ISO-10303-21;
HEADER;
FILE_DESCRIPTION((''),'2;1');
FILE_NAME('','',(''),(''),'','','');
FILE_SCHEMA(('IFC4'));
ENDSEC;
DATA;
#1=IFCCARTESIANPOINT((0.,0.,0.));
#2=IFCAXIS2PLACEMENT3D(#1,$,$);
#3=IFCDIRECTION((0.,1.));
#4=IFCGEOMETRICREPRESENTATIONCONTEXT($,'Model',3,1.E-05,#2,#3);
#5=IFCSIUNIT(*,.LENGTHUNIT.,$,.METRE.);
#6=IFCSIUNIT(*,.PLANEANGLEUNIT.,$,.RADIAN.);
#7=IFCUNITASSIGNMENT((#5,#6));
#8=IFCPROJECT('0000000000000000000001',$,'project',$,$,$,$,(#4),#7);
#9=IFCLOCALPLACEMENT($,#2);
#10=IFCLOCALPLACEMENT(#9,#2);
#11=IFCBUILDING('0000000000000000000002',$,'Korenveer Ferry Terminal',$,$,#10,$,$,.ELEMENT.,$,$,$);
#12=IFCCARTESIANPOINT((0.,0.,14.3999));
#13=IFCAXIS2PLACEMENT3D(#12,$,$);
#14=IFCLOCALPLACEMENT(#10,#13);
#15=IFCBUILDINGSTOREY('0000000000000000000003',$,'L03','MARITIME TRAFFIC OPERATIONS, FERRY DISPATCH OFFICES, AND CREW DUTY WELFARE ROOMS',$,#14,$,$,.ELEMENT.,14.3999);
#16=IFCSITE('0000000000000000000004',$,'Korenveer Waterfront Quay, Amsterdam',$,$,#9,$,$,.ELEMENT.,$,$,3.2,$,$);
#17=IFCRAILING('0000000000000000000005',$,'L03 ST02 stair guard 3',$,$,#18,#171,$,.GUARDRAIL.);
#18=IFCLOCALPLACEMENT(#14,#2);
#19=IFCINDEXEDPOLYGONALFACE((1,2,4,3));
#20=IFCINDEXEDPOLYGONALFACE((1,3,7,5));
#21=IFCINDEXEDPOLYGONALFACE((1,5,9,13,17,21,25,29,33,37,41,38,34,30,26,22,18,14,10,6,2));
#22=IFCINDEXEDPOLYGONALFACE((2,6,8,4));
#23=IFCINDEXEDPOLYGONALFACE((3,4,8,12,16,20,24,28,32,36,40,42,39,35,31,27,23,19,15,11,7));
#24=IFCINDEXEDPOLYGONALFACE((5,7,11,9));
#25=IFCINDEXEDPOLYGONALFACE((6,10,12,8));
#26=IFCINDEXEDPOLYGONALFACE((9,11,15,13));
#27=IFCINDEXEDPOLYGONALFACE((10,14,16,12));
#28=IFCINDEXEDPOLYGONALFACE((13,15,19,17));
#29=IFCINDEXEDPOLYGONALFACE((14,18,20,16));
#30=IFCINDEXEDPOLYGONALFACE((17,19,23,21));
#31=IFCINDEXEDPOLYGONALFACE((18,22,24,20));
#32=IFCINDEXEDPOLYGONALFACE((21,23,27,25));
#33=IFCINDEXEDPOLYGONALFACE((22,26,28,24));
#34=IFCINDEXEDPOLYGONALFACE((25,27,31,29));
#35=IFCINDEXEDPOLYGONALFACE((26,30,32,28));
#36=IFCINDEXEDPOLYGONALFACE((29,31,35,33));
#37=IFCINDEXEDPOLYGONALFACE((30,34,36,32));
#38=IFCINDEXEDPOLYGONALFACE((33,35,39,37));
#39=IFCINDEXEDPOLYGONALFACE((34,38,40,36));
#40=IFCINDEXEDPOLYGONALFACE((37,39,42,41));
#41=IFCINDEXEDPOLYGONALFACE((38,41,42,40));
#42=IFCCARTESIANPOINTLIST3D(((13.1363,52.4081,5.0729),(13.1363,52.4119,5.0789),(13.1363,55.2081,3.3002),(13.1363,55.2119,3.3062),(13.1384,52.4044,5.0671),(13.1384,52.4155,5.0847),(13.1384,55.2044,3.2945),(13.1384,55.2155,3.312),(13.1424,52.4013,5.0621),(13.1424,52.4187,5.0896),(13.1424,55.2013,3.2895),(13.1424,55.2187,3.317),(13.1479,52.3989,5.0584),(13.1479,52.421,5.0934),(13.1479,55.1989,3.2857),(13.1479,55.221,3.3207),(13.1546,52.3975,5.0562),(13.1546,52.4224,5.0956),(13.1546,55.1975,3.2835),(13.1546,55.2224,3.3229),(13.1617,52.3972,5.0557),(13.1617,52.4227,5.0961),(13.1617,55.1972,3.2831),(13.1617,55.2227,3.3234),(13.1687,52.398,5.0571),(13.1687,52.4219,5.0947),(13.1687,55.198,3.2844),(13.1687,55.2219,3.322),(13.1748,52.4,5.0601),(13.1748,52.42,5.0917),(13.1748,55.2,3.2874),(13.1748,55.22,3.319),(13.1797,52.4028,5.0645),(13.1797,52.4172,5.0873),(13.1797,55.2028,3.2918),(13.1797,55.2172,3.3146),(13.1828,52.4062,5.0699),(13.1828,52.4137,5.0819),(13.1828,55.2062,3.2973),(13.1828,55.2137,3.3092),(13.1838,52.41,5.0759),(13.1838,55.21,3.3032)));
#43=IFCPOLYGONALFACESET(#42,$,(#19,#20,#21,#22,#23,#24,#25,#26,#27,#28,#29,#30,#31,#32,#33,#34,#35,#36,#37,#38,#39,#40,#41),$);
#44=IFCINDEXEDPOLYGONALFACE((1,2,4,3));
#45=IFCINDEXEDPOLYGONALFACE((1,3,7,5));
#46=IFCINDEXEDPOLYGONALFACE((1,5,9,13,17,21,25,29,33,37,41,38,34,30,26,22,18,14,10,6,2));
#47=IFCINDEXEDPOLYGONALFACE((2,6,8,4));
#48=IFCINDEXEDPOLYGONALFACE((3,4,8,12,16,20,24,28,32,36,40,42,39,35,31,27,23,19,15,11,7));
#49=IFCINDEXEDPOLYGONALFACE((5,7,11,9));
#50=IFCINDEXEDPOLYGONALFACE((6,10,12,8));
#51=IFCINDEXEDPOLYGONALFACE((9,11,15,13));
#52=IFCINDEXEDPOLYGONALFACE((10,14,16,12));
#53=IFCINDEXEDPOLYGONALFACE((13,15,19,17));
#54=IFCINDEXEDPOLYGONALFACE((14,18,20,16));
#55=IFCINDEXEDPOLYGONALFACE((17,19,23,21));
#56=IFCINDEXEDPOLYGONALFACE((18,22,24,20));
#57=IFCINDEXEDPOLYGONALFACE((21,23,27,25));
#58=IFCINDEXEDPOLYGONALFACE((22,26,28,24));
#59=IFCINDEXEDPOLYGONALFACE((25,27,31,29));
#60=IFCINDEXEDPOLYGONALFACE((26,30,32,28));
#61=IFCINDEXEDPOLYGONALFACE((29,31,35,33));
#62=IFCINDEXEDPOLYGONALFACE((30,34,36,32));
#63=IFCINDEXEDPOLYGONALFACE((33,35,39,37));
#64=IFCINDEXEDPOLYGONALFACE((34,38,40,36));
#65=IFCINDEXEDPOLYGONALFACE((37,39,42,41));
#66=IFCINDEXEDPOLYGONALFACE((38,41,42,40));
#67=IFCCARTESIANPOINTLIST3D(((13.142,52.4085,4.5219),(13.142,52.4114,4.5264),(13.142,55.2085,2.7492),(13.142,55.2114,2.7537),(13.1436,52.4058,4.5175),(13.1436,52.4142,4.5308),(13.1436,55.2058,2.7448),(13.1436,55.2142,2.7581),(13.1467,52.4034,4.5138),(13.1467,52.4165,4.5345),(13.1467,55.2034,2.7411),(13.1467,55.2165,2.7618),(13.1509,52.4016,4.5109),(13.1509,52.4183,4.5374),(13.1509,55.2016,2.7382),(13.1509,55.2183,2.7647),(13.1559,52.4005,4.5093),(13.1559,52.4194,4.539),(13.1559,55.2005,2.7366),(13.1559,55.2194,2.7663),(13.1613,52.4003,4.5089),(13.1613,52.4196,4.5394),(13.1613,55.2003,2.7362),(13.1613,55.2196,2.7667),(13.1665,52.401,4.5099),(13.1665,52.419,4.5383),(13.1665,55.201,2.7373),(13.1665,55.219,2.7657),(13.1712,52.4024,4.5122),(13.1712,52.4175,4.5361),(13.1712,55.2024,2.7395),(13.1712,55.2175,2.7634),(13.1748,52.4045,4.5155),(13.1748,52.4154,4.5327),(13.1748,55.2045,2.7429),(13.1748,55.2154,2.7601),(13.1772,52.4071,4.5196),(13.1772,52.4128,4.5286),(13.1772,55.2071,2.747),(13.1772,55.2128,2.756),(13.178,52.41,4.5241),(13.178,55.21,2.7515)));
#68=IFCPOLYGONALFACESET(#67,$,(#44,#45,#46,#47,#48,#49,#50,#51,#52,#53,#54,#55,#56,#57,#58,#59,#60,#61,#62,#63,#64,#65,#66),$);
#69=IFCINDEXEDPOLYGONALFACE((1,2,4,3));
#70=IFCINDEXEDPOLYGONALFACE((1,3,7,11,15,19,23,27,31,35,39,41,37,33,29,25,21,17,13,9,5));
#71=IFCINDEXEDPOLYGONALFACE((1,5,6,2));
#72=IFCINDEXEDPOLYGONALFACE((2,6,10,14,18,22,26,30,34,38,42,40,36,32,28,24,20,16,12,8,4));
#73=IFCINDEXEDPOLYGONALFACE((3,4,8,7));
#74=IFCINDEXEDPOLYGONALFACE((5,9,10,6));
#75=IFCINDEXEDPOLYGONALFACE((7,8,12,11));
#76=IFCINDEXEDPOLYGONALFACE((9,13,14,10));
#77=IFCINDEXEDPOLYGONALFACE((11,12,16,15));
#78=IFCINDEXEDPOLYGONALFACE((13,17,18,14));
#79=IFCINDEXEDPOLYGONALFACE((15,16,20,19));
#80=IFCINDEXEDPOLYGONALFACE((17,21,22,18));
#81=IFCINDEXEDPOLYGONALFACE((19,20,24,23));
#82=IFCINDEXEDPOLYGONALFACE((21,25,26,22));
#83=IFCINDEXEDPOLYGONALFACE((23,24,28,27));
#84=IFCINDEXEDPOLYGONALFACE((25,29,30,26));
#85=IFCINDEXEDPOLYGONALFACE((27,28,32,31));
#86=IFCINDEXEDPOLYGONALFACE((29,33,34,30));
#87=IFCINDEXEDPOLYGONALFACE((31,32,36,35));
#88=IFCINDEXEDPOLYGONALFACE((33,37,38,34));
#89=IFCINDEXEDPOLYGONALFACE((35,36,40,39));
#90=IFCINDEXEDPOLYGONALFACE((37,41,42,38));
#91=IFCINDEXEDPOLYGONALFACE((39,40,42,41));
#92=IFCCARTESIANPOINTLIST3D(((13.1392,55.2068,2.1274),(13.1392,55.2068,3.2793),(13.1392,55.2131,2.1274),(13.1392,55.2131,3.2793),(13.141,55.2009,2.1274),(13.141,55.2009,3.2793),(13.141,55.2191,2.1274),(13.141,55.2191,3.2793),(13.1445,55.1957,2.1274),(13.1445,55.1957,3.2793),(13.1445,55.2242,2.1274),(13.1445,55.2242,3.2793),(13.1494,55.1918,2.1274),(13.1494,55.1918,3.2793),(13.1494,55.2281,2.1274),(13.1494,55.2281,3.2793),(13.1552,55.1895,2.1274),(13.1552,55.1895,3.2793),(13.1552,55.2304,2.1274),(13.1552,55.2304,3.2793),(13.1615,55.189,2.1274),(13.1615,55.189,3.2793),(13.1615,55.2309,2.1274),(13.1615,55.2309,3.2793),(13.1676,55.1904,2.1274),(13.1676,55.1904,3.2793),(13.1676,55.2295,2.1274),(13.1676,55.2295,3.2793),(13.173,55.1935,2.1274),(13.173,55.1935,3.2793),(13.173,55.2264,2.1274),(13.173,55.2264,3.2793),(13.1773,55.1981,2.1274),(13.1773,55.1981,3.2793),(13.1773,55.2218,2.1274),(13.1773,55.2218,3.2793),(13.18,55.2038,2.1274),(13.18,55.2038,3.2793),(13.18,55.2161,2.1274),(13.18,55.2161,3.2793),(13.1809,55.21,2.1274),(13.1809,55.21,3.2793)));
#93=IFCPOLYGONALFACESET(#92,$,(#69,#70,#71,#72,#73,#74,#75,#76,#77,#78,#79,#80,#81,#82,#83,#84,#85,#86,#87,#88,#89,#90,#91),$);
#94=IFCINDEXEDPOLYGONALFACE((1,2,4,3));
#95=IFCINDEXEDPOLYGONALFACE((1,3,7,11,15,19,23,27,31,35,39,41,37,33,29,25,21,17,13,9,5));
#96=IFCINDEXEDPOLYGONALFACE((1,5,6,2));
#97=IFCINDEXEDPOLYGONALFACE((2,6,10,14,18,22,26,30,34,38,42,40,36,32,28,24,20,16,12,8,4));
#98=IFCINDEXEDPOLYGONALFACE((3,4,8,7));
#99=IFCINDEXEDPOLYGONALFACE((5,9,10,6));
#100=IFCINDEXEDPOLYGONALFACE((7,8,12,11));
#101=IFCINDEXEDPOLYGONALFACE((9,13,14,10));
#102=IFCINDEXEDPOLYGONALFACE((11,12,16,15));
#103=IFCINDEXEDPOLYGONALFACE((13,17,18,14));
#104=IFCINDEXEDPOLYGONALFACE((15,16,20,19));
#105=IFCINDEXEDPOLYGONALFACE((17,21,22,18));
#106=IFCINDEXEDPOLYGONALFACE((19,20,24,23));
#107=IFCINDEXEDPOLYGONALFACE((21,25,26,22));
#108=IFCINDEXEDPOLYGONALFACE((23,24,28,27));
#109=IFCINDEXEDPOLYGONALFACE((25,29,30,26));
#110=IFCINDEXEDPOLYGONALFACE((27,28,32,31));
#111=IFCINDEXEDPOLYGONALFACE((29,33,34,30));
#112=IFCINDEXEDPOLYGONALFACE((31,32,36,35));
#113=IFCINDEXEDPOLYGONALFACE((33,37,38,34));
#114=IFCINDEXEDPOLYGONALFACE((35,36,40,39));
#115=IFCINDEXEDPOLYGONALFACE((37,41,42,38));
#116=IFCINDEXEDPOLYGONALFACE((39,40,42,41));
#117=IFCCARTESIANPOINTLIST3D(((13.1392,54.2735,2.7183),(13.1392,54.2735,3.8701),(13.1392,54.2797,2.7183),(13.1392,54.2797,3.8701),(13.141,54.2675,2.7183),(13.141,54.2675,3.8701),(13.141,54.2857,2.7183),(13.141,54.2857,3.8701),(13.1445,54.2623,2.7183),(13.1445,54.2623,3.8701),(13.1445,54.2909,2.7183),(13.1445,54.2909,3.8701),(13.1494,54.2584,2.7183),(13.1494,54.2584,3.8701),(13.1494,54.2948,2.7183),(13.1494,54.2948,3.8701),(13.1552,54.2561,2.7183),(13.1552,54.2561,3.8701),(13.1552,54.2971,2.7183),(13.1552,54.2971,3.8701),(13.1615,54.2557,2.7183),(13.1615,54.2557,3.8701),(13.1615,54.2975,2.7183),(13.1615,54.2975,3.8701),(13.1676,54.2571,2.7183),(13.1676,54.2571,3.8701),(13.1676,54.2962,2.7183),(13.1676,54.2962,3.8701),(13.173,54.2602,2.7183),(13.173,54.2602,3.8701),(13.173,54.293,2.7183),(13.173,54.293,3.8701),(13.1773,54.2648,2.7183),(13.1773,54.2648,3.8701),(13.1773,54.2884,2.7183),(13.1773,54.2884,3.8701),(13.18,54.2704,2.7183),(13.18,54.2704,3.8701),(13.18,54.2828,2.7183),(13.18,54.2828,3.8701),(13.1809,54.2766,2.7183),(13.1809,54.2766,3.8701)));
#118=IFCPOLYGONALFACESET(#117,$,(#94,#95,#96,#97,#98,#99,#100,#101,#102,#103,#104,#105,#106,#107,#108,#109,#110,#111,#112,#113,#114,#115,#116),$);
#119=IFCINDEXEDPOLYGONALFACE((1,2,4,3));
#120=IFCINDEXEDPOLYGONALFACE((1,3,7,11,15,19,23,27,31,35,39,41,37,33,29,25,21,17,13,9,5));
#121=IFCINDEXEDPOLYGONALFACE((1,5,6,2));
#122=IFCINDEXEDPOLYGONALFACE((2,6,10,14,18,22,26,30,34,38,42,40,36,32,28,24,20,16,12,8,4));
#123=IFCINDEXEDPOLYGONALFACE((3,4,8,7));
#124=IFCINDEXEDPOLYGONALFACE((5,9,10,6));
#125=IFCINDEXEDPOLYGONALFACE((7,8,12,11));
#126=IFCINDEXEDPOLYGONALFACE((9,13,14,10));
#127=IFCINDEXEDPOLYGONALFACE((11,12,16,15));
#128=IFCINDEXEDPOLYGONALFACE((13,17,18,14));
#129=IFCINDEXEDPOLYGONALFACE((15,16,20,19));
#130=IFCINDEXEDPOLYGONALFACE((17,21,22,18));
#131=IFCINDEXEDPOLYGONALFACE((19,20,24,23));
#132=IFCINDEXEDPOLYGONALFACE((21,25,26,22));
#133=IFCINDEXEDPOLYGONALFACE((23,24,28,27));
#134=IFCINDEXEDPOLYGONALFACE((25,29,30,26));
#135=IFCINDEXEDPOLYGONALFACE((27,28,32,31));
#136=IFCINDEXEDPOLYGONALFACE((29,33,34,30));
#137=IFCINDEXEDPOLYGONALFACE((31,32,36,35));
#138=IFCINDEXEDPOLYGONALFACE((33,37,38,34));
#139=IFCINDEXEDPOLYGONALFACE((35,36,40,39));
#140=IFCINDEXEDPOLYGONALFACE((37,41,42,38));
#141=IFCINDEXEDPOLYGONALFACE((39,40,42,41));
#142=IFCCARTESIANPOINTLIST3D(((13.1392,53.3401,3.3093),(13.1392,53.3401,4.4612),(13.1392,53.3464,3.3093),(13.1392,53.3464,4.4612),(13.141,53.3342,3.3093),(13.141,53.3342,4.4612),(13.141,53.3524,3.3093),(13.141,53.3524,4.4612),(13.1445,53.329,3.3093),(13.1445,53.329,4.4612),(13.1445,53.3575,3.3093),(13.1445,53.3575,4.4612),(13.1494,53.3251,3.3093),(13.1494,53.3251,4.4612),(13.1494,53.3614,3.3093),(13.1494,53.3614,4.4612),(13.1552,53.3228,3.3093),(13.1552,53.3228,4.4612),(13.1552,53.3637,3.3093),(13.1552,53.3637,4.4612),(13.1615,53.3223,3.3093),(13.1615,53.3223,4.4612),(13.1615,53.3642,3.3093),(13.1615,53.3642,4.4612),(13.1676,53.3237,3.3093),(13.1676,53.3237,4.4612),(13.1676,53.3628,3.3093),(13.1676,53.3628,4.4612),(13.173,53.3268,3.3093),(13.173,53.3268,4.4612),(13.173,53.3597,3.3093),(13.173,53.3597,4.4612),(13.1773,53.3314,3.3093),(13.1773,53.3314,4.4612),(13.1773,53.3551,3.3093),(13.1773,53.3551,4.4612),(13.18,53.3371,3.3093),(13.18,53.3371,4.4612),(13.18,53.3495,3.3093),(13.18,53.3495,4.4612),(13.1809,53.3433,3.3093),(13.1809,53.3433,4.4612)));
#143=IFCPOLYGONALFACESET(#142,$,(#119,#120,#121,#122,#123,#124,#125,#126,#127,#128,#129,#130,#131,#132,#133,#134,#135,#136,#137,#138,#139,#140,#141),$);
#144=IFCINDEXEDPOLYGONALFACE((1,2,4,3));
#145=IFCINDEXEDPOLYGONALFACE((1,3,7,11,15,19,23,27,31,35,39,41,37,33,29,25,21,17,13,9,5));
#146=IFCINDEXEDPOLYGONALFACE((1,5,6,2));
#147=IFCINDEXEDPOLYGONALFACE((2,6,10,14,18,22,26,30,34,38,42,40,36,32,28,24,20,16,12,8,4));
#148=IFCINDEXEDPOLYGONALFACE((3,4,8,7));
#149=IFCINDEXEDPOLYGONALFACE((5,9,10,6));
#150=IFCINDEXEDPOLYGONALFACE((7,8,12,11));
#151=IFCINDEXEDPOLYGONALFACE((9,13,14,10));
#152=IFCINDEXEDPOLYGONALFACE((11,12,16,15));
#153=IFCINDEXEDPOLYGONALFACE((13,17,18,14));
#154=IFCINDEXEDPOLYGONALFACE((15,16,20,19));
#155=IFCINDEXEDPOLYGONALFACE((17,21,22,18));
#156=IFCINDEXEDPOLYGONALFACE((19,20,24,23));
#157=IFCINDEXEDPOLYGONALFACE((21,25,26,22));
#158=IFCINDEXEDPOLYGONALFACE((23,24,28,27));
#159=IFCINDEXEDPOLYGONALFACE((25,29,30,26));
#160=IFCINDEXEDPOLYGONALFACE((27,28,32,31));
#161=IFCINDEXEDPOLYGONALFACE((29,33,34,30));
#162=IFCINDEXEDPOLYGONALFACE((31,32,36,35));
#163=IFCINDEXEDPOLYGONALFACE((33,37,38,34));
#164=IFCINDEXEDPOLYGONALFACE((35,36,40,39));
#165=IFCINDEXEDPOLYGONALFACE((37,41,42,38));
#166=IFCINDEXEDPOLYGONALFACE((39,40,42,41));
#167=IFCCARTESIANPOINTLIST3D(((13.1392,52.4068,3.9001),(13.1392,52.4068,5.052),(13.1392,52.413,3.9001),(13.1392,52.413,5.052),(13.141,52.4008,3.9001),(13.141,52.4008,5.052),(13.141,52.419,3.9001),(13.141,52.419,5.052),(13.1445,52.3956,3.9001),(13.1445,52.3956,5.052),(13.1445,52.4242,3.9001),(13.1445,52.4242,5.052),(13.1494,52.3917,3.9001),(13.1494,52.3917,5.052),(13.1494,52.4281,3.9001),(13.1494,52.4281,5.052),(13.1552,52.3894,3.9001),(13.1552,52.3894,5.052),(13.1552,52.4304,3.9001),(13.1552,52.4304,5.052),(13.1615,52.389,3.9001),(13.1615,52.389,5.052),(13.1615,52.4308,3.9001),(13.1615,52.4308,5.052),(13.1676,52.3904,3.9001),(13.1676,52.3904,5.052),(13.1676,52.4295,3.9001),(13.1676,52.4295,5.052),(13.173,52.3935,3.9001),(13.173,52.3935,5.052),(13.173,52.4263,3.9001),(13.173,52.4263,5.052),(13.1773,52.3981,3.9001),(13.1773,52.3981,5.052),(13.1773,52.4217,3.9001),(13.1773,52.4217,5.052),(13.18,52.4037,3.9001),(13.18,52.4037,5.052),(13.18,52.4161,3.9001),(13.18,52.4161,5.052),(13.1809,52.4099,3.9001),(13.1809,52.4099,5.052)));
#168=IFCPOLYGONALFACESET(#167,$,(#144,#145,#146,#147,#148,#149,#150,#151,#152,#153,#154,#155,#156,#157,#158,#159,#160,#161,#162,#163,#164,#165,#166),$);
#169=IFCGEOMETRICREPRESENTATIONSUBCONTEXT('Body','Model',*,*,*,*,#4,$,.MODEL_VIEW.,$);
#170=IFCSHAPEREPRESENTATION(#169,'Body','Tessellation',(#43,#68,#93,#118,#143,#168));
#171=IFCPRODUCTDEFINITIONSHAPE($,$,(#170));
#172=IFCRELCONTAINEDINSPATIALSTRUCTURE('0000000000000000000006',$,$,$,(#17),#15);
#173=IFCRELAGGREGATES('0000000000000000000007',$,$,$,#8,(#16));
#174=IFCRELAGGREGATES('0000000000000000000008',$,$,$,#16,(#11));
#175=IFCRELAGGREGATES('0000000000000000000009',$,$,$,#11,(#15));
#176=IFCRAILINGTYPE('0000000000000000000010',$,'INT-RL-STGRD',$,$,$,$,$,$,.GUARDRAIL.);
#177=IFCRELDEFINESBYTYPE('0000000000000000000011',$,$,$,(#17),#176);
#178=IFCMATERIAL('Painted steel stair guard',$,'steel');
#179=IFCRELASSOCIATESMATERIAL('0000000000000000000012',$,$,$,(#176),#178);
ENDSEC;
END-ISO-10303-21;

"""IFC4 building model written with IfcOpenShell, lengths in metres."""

from ifc_helpers import new_model, si_unit, direction, frame, origin, origin_2d, place, context, subcontext, project, spatial, circle, extrude, material, type_object, element, save


model = new_model("IFC4")

# Units and contexts
model_context = context("Model", 3, precision=1e-05, world=origin(), true_north=direction((0.0, 1.0)))
body_context = subcontext(model_context, "Body", "Model", "MODEL_VIEW")
ifc_project = project(units=[si_unit("LENGTHUNIT", "METRE"), si_unit("PLANEANGLEUNIT", "RADIAN")], contexts=[model_context])

# Site, building, storey
site_placement = place(None, origin())
site = spatial("IfcSite", under=ifc_project, at=site_placement, Name="Korenveer Waterfront Quay, Amsterdam", CompositionType="ELEMENT", RefElevation=3.2)
building_placement = place(site_placement, origin())
building = spatial("IfcBuilding", under=site, at=building_placement, Name="Korenveer Ferry Terminal", CompositionType="ELEMENT")
storey_placement = place(building_placement, frame((0.0, 0.0, 14.3999)))
storey = spatial("IfcBuildingStorey", under=building, at=storey_placement, Name="L03", Description="MARITIME TRAFFIC OPERATIONS, FERRY DISPATCH OFFICES, AND CREW DUTY WELFARE ROOMS", CompositionType="ELEMENT", Elevation=14.3999)

# Railing
ifc_material_1 = material(Name="Painted steel stair guard", Category="steel")
railing_type_1 = type_object("IfcRailingType", Name="INT-RL-STGRD", PredefinedType="GUARDRAIL", material=ifc_material_1)
railing_1_placement = place(storey_placement, frame((13.1599, 55.21, 2.1274)))
element("IfcRailing", 1, at=railing_1_placement, inside=storey, type_object=railing_type_1, Name="L03 ST02 stair guard 3", PredefinedType="GUARDRAIL", context=body_context, shape_type="SweptSolid", body=[
    extrude(circle(Radius=0.0239, at=origin_2d()), frame((0.0, 0.0, 1.1758), z_axis=(0.0, -0.844909, 0.53491), x_axis=(1.0, 0.0, 0.0)), (0.0, 0.0, 1.0), 3.314),
    extrude(circle(Radius=0.0181, at=origin_2d()), frame((0.0, 0.0, 0.624), z_axis=(0.0, -0.844909, 0.53491), x_axis=(1.0, 0.0, 0.0)), (0.0, 0.0, 1.0), 3.314),
    extrude(circle(Radius=0.021, at=origin_2d()), origin(), (0.0, 0.0, 1.0), 1.1519),
    extrude(circle(Radius=0.021, at=origin_2d()), frame((0.0, -0.9333, 0.5908)), (0.0, 0.0, 1.0), 1.1519),
    extrude(circle(Radius=0.021, at=origin_2d()), frame((0.0, -1.8667, 1.1819)), (0.0, 0.0, 1.0), 1.1519),
    extrude(circle(Radius=0.021, at=origin_2d()), frame((0.0, -2.8, 1.7727)), (0.0, 0.0, 1.0), 1.1519),
])

save(model, "model.ifc")
